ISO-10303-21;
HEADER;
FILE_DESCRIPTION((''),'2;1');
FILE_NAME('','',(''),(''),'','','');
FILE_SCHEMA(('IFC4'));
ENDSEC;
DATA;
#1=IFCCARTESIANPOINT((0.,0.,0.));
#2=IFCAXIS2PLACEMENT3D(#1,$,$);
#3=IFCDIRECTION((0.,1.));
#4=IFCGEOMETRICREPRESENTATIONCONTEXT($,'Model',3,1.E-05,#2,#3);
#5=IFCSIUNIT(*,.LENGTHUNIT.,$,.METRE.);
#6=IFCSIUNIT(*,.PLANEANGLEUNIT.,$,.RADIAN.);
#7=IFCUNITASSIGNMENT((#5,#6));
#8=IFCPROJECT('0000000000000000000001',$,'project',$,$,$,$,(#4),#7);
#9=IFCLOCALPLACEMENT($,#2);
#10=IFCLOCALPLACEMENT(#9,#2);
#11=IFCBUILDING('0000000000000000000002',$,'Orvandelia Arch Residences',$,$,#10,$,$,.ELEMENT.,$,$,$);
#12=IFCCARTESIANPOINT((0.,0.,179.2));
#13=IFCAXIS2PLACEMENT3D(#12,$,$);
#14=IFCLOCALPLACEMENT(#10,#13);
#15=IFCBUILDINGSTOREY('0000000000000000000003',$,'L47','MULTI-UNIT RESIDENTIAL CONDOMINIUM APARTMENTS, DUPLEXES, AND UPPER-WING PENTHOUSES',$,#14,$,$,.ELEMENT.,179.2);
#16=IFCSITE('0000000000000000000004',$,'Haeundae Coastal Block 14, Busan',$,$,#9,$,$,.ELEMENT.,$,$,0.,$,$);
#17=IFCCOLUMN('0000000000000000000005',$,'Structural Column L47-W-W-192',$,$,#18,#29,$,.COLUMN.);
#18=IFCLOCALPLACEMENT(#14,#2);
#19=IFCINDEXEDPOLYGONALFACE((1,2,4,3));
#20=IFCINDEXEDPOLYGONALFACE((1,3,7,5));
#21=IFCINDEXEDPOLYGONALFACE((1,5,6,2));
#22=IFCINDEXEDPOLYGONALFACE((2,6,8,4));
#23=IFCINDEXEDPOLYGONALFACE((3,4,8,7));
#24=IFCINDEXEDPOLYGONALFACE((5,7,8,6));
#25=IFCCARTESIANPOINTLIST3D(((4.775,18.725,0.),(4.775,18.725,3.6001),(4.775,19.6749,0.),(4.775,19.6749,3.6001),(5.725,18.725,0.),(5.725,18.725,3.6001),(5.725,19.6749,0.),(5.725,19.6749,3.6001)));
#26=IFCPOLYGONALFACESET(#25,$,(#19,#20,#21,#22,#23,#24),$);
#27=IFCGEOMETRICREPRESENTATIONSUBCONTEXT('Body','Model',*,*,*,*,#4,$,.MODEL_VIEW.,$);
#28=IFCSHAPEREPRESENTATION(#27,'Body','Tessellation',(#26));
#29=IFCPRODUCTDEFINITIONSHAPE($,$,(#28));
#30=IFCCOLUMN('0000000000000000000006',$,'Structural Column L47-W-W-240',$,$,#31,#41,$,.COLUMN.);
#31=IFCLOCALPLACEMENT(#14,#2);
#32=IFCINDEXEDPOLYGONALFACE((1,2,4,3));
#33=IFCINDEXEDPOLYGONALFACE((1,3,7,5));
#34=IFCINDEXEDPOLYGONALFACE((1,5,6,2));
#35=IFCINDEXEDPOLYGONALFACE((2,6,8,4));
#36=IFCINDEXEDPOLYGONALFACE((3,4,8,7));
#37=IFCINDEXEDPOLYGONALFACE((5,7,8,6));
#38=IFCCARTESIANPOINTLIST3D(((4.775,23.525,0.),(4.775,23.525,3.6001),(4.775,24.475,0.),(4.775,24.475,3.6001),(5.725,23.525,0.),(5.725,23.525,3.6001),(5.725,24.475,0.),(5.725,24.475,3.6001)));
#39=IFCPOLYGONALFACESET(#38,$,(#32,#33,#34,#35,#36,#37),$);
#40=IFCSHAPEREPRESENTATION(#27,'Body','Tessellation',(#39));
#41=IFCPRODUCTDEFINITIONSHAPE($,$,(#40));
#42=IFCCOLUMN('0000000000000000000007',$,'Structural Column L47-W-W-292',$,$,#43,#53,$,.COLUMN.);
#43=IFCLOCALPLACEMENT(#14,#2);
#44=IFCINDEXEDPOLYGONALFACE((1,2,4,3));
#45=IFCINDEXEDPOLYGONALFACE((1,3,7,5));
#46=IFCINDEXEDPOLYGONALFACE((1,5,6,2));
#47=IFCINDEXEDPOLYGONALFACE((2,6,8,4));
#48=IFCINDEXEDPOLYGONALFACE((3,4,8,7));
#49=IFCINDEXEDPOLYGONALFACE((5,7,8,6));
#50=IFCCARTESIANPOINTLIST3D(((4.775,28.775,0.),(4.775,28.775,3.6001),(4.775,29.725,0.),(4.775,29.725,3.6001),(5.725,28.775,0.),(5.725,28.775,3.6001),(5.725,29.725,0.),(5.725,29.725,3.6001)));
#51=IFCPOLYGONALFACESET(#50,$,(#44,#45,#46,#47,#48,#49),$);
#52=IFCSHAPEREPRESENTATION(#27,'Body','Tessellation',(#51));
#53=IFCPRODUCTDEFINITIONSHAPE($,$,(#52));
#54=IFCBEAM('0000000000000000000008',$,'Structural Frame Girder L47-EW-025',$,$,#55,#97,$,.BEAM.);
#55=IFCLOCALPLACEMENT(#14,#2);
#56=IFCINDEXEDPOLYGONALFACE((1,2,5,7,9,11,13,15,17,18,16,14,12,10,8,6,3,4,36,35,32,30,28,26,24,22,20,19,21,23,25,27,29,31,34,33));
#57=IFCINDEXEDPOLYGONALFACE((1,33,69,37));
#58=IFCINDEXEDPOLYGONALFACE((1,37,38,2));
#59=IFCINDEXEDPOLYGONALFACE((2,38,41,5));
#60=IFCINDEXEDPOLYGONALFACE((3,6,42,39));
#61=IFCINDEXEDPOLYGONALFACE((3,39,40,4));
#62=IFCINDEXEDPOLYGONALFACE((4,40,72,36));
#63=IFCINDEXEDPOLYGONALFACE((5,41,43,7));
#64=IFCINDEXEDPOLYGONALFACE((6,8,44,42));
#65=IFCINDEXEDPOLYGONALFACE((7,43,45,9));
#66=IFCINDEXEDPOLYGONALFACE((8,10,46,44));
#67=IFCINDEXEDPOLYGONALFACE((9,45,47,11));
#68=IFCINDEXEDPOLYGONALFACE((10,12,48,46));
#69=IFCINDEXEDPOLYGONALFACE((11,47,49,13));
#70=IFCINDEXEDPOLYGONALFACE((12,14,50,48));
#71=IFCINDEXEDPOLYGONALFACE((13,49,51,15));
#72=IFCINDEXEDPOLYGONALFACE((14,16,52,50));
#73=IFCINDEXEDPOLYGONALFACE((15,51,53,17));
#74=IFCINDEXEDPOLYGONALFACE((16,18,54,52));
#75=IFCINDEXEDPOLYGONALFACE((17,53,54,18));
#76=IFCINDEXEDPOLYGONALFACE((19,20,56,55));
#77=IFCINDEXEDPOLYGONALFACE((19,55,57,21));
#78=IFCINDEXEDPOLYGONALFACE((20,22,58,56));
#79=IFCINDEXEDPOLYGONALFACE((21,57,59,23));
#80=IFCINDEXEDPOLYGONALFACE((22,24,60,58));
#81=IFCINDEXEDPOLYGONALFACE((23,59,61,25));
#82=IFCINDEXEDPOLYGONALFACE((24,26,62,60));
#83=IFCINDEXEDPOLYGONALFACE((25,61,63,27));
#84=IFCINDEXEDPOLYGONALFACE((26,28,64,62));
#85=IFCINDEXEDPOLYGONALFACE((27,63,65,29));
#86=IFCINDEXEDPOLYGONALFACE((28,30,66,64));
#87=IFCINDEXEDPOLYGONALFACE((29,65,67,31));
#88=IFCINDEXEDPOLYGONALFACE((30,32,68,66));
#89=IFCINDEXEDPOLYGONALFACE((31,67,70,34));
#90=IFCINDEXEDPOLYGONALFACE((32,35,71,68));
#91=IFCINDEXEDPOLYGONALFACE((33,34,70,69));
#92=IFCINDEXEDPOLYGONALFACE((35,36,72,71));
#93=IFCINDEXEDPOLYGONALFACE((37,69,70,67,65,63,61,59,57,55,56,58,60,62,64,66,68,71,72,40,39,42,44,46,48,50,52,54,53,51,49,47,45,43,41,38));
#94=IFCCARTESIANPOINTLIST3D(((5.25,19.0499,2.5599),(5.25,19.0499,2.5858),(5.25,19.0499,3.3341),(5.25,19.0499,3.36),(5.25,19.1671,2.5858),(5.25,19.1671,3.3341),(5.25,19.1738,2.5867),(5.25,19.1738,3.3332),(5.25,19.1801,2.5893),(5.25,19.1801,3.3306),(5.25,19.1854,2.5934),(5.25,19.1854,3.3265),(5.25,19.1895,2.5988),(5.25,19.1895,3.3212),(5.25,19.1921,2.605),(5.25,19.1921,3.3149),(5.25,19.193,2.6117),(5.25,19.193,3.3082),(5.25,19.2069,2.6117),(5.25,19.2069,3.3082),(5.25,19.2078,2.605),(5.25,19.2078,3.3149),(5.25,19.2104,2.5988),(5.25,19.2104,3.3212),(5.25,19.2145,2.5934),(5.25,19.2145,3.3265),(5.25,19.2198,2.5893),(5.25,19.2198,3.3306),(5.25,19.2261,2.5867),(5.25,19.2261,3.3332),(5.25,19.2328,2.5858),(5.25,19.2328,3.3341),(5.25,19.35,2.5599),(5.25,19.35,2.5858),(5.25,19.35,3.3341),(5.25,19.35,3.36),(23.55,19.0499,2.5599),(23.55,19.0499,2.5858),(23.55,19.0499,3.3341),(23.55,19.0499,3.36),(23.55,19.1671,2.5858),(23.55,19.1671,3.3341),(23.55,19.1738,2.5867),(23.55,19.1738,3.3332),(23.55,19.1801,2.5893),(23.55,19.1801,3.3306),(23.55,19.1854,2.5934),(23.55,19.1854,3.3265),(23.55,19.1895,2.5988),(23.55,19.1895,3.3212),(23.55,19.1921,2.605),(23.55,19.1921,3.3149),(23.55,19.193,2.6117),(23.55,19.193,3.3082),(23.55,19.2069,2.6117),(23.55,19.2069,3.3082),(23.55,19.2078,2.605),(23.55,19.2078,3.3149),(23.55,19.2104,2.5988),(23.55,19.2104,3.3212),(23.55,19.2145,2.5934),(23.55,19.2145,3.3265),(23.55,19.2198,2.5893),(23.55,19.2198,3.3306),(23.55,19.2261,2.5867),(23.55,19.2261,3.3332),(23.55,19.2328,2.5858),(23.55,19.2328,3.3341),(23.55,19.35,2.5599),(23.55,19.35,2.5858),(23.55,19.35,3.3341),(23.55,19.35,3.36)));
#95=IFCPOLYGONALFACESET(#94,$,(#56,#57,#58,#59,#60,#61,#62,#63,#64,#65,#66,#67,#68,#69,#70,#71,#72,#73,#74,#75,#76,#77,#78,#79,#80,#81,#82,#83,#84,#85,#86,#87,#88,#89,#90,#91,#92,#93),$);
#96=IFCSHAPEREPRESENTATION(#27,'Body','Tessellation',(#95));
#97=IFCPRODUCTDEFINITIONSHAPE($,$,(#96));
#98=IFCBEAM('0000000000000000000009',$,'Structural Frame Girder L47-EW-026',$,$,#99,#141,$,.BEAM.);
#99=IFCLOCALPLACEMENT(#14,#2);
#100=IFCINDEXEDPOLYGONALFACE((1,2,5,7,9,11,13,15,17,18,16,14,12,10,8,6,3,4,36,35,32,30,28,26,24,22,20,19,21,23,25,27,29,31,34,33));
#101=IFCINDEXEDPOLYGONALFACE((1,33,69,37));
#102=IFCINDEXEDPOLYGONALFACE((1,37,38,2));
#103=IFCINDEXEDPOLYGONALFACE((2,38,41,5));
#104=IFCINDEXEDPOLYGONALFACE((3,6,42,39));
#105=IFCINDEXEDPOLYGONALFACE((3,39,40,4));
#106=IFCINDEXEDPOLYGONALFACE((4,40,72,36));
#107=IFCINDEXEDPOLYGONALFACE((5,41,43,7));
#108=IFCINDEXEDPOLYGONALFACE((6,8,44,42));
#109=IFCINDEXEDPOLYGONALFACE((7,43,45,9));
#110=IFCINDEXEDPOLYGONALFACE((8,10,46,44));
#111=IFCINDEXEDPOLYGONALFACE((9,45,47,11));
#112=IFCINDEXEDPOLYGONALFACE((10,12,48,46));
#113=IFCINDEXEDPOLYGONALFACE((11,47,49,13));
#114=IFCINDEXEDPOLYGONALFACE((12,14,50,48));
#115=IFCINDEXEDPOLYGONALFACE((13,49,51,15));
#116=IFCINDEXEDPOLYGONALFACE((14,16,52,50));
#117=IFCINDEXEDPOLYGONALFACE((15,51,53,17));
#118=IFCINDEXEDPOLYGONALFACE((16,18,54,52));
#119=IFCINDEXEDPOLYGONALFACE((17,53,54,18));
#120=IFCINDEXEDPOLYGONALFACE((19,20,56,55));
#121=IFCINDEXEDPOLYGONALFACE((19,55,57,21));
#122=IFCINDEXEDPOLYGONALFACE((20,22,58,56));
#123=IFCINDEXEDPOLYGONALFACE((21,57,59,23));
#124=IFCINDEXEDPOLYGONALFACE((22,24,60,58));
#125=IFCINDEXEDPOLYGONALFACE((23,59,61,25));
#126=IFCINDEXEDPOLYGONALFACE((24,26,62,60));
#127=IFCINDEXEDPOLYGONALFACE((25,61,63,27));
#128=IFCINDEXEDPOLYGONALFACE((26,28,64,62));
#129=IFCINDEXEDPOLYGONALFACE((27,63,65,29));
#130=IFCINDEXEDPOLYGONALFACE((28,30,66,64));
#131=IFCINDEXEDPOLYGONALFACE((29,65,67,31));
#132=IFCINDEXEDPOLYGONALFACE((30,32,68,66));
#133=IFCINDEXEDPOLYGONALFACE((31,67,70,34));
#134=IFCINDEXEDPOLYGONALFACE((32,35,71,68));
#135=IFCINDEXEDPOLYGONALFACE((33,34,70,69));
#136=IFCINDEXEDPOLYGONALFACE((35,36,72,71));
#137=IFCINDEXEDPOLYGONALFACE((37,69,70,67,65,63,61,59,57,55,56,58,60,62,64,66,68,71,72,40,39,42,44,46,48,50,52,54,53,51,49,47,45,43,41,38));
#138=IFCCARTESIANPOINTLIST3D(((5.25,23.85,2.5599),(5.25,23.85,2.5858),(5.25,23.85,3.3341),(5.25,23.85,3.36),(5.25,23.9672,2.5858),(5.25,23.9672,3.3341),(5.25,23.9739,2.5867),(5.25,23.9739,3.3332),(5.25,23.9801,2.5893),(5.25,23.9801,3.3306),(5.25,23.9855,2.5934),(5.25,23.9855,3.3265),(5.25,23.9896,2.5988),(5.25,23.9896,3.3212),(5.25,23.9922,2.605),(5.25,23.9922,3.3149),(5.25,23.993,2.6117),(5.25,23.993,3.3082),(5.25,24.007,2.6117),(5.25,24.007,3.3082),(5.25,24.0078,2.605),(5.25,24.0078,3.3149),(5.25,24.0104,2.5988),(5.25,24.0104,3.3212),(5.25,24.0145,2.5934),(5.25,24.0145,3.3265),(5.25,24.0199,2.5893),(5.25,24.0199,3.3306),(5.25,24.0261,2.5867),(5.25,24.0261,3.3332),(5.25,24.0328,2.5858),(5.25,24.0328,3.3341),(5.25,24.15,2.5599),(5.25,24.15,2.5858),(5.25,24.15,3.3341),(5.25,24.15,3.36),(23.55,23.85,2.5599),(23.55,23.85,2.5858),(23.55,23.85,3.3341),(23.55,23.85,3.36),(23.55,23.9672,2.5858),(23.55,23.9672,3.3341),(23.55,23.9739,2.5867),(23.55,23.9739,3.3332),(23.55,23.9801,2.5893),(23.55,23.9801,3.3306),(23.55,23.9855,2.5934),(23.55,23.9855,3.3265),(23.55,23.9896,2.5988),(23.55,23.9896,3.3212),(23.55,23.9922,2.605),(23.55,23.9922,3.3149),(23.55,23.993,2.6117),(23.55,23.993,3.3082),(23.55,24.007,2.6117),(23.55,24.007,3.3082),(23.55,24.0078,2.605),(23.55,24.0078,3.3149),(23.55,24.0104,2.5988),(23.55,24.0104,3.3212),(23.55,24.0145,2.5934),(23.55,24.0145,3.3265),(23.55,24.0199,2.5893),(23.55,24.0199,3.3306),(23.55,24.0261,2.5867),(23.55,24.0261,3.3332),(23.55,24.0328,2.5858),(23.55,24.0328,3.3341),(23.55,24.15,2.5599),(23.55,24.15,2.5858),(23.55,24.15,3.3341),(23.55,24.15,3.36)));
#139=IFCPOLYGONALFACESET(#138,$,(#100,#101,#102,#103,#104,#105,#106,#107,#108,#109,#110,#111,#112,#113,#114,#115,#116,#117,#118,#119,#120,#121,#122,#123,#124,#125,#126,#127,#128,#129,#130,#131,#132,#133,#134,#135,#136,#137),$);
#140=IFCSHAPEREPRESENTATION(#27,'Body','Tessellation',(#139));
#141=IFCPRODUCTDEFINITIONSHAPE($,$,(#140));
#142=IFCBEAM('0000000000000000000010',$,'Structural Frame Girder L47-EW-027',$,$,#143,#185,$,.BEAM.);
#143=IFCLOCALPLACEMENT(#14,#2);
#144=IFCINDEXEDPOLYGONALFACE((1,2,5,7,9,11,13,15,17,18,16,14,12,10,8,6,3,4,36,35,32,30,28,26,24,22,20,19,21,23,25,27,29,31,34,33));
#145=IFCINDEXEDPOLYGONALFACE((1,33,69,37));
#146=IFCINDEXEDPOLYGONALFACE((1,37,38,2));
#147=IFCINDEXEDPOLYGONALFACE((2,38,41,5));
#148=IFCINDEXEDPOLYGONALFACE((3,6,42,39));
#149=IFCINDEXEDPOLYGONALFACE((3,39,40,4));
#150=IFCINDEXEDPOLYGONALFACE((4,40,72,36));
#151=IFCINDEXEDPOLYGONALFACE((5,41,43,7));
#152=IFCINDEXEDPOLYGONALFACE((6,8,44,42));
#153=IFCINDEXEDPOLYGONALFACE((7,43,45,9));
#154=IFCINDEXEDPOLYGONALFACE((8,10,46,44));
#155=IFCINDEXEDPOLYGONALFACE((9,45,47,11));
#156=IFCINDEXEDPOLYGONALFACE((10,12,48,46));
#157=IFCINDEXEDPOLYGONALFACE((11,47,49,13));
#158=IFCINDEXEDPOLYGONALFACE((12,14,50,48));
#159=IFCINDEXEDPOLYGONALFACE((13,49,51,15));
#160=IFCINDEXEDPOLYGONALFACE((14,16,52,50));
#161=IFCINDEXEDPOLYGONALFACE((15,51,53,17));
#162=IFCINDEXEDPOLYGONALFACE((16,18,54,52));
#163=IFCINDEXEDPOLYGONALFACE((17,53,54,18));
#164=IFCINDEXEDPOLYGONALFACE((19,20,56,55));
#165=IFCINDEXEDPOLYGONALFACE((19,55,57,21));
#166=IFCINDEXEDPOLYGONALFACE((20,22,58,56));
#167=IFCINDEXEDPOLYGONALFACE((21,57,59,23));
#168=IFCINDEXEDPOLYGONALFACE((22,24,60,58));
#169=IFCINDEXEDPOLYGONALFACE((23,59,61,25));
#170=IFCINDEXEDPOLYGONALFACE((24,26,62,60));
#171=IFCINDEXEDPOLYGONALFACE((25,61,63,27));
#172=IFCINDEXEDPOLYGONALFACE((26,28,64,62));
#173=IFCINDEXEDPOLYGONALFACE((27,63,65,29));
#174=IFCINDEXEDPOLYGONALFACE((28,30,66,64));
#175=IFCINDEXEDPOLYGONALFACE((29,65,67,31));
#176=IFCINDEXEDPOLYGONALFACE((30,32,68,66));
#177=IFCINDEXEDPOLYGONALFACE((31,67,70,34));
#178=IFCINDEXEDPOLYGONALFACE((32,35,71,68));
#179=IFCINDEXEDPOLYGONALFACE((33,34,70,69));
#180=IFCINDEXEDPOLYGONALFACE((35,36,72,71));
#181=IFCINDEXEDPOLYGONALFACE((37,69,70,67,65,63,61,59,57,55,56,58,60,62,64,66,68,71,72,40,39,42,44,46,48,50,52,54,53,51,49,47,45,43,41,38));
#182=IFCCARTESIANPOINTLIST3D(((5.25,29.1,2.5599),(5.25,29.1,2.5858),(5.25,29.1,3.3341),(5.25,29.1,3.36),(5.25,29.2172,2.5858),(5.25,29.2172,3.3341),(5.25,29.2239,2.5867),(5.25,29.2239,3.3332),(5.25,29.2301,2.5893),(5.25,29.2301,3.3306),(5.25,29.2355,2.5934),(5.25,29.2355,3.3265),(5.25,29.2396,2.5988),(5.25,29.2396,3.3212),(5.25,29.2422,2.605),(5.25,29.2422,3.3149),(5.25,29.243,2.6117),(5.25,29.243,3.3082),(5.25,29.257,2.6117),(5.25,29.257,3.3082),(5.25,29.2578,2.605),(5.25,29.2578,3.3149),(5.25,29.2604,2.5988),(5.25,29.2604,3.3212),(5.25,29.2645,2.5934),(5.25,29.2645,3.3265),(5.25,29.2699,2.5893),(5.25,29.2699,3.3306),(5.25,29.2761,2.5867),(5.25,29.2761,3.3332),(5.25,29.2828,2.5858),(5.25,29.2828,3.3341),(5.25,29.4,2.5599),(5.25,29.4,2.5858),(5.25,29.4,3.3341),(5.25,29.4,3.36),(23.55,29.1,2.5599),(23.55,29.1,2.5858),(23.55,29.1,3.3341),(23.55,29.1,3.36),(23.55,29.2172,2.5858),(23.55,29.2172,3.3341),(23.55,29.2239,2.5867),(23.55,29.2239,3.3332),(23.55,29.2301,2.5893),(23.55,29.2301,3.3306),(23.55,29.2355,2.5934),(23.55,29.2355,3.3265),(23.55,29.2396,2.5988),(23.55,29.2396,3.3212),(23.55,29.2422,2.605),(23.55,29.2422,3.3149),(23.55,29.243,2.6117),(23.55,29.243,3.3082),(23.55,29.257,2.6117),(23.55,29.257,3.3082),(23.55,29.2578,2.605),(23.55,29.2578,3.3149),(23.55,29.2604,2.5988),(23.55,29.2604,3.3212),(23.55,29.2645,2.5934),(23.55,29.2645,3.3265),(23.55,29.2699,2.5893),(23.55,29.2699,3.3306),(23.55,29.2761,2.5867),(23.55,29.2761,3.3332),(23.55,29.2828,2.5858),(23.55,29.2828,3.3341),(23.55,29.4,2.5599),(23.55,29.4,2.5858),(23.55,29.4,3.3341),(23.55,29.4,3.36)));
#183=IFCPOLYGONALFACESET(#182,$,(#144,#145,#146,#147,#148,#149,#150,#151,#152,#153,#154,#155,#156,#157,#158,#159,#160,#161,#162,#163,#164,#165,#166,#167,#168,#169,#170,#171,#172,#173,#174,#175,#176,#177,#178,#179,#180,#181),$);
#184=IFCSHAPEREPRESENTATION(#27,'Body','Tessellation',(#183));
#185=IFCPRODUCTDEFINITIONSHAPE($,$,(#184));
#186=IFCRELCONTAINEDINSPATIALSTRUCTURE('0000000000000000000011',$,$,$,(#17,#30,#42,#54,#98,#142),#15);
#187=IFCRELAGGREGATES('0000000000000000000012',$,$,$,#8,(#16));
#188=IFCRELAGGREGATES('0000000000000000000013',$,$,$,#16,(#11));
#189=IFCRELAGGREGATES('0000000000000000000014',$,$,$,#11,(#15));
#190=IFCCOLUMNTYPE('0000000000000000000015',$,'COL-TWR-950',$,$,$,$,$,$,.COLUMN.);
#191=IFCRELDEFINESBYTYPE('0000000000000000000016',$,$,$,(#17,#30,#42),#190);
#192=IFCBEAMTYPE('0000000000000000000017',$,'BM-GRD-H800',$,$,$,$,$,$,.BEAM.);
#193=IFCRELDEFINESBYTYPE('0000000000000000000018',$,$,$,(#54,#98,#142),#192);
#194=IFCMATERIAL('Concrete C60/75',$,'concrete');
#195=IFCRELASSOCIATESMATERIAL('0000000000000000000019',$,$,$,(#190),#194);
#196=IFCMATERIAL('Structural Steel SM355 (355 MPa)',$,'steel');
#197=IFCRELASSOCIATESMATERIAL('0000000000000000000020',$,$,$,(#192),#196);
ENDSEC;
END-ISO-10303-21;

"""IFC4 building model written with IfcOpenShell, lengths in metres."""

from ifc_helpers import new_model, si_unit, direction, frame, origin, origin_2d, place, context, subcontext, project, spatial, rectangle, i_section, extrude, material, material_profile, profile_set, type_object, element, save


model = new_model("IFC4")

# Units and contexts
model_context = context("Model", 3, precision=1e-05, world=origin(), true_north=direction((0.0, 1.0)))
body_context = subcontext(model_context, "Body", "Model", "MODEL_VIEW")
ifc_project = project(units=[si_unit("LENGTHUNIT", "METRE"), si_unit("PLANEANGLEUNIT", "RADIAN")], contexts=[model_context])

# Site, building, storey
site_placement = place(None, origin())
site = spatial("IfcSite", under=ifc_project, at=site_placement, Name="Haeundae Coastal Block 14, Busan", CompositionType="ELEMENT", RefElevation=0.0)
building_placement = place(site_placement, origin())
building = spatial("IfcBuilding", under=site, at=building_placement, Name="Orvandelia Arch Residences", CompositionType="ELEMENT")
storey_placement = place(building_placement, frame((0.0, 0.0, 179.2)))
storey = spatial("IfcBuildingStorey", under=building, at=storey_placement, Name="L47", Description="MULTI-UNIT RESIDENTIAL CONDOMINIUM APARTMENTS, DUPLEXES, AND UPPER-WING PENTHOUSES", CompositionType="ELEMENT", Elevation=179.2)

# Columns
ifc_material_1 = material(Name="Concrete C60/75", Category="concrete")
ifc_material_profile_1 = material_profile(ifc_material_1, rectangle(XDim=0.95, YDim=0.95, at=origin_2d()), Name="Concrete C60/75", Category="concrete")
ifc_profile_set_1 = profile_set([ifc_material_profile_1], Name="Concrete C60/75")
column_type = type_object("IfcColumnType", Name="COL-TWR-950", PredefinedType="COLUMN", material=ifc_profile_set_1)
for number, where, z_axis, x_axis, name in (
    (1, (5.25, 19.2, 0.0), (0.0, 0.0, 1.0), (1.0, 0.0, 0.0), "Structural Column L47-W-W-192"),
    (2, (5.25, 24.0, 0.0), (0.0, 0.0, 1.0), (1.0, 0.0, 0.0), "Structural Column L47-W-W-240"),
    (3, (5.25, 29.25, 0.0), (0.0, 0.0, 1.0), (1.0, 0.0, 0.0), "Structural Column L47-W-W-292"),
):
    element("IfcColumn", number, at=place(storey_placement, frame(where, z_axis=z_axis, x_axis=x_axis)), inside=storey, type_object=column_type, Name=name, PredefinedType="COLUMN", context=body_context, shape_type="SweptSolid", body=[
        extrude(rectangle(XDim=0.95, YDim=0.95, at=origin_2d()), origin(), (0.0, 0.0, 1.0), 3.6001),
    ])

# Beams
ifc_material_2 = material(Name="Structural Steel SM355 (355 MPa)", Category="steel")
ifc_material_profile_2 = material_profile(ifc_material_2, i_section(OverallWidth=0.3, OverallDepth=0.8, WebThickness=0.0139, FlangeThickness=0.0259, FilletRadius=0.0259, at=origin_2d()), Name="Structural Steel SM355 (355 MPa)", Category="steel")
ifc_profile_set_2 = profile_set([ifc_material_profile_2], Name="Structural Steel SM355 (355 MPa)")
beam_type_1 = type_object("IfcBeamType", Name="BM-GRD-H800", PredefinedType="BEAM", material=ifc_profile_set_2)
for number, where, z_axis, x_axis, name in (
    (4, (5.25, 19.2, 2.96), (1.0, 0.0, 0.0), (0.0, 1.0, 0.0), "Structural Frame Girder L47-EW-025"),
    (5, (5.25, 24.0, 2.96), (1.0, 0.0, 0.0), (0.0, 1.0, 0.0), "Structural Frame Girder L47-EW-026"),
    (6, (5.25, 29.25, 2.96), (1.0, 0.0, 0.0), (0.0, 1.0, 0.0), "Structural Frame Girder L47-EW-027"),
):
    element("IfcBeam", number, at=place(storey_placement, frame(where, z_axis=z_axis, x_axis=x_axis)), inside=storey, type_object=beam_type_1, Name=name, PredefinedType="BEAM", context=body_context, shape_type="SweptSolid", body=[
        extrude(i_section(OverallWidth=0.3, OverallDepth=0.8, WebThickness=0.0139, FlangeThickness=0.0259, FilletRadius=0.0259, at=origin_2d()), origin(), (0.0, 0.0, 1.0), 18.3),
    ])

save(model, "model.ifc")
